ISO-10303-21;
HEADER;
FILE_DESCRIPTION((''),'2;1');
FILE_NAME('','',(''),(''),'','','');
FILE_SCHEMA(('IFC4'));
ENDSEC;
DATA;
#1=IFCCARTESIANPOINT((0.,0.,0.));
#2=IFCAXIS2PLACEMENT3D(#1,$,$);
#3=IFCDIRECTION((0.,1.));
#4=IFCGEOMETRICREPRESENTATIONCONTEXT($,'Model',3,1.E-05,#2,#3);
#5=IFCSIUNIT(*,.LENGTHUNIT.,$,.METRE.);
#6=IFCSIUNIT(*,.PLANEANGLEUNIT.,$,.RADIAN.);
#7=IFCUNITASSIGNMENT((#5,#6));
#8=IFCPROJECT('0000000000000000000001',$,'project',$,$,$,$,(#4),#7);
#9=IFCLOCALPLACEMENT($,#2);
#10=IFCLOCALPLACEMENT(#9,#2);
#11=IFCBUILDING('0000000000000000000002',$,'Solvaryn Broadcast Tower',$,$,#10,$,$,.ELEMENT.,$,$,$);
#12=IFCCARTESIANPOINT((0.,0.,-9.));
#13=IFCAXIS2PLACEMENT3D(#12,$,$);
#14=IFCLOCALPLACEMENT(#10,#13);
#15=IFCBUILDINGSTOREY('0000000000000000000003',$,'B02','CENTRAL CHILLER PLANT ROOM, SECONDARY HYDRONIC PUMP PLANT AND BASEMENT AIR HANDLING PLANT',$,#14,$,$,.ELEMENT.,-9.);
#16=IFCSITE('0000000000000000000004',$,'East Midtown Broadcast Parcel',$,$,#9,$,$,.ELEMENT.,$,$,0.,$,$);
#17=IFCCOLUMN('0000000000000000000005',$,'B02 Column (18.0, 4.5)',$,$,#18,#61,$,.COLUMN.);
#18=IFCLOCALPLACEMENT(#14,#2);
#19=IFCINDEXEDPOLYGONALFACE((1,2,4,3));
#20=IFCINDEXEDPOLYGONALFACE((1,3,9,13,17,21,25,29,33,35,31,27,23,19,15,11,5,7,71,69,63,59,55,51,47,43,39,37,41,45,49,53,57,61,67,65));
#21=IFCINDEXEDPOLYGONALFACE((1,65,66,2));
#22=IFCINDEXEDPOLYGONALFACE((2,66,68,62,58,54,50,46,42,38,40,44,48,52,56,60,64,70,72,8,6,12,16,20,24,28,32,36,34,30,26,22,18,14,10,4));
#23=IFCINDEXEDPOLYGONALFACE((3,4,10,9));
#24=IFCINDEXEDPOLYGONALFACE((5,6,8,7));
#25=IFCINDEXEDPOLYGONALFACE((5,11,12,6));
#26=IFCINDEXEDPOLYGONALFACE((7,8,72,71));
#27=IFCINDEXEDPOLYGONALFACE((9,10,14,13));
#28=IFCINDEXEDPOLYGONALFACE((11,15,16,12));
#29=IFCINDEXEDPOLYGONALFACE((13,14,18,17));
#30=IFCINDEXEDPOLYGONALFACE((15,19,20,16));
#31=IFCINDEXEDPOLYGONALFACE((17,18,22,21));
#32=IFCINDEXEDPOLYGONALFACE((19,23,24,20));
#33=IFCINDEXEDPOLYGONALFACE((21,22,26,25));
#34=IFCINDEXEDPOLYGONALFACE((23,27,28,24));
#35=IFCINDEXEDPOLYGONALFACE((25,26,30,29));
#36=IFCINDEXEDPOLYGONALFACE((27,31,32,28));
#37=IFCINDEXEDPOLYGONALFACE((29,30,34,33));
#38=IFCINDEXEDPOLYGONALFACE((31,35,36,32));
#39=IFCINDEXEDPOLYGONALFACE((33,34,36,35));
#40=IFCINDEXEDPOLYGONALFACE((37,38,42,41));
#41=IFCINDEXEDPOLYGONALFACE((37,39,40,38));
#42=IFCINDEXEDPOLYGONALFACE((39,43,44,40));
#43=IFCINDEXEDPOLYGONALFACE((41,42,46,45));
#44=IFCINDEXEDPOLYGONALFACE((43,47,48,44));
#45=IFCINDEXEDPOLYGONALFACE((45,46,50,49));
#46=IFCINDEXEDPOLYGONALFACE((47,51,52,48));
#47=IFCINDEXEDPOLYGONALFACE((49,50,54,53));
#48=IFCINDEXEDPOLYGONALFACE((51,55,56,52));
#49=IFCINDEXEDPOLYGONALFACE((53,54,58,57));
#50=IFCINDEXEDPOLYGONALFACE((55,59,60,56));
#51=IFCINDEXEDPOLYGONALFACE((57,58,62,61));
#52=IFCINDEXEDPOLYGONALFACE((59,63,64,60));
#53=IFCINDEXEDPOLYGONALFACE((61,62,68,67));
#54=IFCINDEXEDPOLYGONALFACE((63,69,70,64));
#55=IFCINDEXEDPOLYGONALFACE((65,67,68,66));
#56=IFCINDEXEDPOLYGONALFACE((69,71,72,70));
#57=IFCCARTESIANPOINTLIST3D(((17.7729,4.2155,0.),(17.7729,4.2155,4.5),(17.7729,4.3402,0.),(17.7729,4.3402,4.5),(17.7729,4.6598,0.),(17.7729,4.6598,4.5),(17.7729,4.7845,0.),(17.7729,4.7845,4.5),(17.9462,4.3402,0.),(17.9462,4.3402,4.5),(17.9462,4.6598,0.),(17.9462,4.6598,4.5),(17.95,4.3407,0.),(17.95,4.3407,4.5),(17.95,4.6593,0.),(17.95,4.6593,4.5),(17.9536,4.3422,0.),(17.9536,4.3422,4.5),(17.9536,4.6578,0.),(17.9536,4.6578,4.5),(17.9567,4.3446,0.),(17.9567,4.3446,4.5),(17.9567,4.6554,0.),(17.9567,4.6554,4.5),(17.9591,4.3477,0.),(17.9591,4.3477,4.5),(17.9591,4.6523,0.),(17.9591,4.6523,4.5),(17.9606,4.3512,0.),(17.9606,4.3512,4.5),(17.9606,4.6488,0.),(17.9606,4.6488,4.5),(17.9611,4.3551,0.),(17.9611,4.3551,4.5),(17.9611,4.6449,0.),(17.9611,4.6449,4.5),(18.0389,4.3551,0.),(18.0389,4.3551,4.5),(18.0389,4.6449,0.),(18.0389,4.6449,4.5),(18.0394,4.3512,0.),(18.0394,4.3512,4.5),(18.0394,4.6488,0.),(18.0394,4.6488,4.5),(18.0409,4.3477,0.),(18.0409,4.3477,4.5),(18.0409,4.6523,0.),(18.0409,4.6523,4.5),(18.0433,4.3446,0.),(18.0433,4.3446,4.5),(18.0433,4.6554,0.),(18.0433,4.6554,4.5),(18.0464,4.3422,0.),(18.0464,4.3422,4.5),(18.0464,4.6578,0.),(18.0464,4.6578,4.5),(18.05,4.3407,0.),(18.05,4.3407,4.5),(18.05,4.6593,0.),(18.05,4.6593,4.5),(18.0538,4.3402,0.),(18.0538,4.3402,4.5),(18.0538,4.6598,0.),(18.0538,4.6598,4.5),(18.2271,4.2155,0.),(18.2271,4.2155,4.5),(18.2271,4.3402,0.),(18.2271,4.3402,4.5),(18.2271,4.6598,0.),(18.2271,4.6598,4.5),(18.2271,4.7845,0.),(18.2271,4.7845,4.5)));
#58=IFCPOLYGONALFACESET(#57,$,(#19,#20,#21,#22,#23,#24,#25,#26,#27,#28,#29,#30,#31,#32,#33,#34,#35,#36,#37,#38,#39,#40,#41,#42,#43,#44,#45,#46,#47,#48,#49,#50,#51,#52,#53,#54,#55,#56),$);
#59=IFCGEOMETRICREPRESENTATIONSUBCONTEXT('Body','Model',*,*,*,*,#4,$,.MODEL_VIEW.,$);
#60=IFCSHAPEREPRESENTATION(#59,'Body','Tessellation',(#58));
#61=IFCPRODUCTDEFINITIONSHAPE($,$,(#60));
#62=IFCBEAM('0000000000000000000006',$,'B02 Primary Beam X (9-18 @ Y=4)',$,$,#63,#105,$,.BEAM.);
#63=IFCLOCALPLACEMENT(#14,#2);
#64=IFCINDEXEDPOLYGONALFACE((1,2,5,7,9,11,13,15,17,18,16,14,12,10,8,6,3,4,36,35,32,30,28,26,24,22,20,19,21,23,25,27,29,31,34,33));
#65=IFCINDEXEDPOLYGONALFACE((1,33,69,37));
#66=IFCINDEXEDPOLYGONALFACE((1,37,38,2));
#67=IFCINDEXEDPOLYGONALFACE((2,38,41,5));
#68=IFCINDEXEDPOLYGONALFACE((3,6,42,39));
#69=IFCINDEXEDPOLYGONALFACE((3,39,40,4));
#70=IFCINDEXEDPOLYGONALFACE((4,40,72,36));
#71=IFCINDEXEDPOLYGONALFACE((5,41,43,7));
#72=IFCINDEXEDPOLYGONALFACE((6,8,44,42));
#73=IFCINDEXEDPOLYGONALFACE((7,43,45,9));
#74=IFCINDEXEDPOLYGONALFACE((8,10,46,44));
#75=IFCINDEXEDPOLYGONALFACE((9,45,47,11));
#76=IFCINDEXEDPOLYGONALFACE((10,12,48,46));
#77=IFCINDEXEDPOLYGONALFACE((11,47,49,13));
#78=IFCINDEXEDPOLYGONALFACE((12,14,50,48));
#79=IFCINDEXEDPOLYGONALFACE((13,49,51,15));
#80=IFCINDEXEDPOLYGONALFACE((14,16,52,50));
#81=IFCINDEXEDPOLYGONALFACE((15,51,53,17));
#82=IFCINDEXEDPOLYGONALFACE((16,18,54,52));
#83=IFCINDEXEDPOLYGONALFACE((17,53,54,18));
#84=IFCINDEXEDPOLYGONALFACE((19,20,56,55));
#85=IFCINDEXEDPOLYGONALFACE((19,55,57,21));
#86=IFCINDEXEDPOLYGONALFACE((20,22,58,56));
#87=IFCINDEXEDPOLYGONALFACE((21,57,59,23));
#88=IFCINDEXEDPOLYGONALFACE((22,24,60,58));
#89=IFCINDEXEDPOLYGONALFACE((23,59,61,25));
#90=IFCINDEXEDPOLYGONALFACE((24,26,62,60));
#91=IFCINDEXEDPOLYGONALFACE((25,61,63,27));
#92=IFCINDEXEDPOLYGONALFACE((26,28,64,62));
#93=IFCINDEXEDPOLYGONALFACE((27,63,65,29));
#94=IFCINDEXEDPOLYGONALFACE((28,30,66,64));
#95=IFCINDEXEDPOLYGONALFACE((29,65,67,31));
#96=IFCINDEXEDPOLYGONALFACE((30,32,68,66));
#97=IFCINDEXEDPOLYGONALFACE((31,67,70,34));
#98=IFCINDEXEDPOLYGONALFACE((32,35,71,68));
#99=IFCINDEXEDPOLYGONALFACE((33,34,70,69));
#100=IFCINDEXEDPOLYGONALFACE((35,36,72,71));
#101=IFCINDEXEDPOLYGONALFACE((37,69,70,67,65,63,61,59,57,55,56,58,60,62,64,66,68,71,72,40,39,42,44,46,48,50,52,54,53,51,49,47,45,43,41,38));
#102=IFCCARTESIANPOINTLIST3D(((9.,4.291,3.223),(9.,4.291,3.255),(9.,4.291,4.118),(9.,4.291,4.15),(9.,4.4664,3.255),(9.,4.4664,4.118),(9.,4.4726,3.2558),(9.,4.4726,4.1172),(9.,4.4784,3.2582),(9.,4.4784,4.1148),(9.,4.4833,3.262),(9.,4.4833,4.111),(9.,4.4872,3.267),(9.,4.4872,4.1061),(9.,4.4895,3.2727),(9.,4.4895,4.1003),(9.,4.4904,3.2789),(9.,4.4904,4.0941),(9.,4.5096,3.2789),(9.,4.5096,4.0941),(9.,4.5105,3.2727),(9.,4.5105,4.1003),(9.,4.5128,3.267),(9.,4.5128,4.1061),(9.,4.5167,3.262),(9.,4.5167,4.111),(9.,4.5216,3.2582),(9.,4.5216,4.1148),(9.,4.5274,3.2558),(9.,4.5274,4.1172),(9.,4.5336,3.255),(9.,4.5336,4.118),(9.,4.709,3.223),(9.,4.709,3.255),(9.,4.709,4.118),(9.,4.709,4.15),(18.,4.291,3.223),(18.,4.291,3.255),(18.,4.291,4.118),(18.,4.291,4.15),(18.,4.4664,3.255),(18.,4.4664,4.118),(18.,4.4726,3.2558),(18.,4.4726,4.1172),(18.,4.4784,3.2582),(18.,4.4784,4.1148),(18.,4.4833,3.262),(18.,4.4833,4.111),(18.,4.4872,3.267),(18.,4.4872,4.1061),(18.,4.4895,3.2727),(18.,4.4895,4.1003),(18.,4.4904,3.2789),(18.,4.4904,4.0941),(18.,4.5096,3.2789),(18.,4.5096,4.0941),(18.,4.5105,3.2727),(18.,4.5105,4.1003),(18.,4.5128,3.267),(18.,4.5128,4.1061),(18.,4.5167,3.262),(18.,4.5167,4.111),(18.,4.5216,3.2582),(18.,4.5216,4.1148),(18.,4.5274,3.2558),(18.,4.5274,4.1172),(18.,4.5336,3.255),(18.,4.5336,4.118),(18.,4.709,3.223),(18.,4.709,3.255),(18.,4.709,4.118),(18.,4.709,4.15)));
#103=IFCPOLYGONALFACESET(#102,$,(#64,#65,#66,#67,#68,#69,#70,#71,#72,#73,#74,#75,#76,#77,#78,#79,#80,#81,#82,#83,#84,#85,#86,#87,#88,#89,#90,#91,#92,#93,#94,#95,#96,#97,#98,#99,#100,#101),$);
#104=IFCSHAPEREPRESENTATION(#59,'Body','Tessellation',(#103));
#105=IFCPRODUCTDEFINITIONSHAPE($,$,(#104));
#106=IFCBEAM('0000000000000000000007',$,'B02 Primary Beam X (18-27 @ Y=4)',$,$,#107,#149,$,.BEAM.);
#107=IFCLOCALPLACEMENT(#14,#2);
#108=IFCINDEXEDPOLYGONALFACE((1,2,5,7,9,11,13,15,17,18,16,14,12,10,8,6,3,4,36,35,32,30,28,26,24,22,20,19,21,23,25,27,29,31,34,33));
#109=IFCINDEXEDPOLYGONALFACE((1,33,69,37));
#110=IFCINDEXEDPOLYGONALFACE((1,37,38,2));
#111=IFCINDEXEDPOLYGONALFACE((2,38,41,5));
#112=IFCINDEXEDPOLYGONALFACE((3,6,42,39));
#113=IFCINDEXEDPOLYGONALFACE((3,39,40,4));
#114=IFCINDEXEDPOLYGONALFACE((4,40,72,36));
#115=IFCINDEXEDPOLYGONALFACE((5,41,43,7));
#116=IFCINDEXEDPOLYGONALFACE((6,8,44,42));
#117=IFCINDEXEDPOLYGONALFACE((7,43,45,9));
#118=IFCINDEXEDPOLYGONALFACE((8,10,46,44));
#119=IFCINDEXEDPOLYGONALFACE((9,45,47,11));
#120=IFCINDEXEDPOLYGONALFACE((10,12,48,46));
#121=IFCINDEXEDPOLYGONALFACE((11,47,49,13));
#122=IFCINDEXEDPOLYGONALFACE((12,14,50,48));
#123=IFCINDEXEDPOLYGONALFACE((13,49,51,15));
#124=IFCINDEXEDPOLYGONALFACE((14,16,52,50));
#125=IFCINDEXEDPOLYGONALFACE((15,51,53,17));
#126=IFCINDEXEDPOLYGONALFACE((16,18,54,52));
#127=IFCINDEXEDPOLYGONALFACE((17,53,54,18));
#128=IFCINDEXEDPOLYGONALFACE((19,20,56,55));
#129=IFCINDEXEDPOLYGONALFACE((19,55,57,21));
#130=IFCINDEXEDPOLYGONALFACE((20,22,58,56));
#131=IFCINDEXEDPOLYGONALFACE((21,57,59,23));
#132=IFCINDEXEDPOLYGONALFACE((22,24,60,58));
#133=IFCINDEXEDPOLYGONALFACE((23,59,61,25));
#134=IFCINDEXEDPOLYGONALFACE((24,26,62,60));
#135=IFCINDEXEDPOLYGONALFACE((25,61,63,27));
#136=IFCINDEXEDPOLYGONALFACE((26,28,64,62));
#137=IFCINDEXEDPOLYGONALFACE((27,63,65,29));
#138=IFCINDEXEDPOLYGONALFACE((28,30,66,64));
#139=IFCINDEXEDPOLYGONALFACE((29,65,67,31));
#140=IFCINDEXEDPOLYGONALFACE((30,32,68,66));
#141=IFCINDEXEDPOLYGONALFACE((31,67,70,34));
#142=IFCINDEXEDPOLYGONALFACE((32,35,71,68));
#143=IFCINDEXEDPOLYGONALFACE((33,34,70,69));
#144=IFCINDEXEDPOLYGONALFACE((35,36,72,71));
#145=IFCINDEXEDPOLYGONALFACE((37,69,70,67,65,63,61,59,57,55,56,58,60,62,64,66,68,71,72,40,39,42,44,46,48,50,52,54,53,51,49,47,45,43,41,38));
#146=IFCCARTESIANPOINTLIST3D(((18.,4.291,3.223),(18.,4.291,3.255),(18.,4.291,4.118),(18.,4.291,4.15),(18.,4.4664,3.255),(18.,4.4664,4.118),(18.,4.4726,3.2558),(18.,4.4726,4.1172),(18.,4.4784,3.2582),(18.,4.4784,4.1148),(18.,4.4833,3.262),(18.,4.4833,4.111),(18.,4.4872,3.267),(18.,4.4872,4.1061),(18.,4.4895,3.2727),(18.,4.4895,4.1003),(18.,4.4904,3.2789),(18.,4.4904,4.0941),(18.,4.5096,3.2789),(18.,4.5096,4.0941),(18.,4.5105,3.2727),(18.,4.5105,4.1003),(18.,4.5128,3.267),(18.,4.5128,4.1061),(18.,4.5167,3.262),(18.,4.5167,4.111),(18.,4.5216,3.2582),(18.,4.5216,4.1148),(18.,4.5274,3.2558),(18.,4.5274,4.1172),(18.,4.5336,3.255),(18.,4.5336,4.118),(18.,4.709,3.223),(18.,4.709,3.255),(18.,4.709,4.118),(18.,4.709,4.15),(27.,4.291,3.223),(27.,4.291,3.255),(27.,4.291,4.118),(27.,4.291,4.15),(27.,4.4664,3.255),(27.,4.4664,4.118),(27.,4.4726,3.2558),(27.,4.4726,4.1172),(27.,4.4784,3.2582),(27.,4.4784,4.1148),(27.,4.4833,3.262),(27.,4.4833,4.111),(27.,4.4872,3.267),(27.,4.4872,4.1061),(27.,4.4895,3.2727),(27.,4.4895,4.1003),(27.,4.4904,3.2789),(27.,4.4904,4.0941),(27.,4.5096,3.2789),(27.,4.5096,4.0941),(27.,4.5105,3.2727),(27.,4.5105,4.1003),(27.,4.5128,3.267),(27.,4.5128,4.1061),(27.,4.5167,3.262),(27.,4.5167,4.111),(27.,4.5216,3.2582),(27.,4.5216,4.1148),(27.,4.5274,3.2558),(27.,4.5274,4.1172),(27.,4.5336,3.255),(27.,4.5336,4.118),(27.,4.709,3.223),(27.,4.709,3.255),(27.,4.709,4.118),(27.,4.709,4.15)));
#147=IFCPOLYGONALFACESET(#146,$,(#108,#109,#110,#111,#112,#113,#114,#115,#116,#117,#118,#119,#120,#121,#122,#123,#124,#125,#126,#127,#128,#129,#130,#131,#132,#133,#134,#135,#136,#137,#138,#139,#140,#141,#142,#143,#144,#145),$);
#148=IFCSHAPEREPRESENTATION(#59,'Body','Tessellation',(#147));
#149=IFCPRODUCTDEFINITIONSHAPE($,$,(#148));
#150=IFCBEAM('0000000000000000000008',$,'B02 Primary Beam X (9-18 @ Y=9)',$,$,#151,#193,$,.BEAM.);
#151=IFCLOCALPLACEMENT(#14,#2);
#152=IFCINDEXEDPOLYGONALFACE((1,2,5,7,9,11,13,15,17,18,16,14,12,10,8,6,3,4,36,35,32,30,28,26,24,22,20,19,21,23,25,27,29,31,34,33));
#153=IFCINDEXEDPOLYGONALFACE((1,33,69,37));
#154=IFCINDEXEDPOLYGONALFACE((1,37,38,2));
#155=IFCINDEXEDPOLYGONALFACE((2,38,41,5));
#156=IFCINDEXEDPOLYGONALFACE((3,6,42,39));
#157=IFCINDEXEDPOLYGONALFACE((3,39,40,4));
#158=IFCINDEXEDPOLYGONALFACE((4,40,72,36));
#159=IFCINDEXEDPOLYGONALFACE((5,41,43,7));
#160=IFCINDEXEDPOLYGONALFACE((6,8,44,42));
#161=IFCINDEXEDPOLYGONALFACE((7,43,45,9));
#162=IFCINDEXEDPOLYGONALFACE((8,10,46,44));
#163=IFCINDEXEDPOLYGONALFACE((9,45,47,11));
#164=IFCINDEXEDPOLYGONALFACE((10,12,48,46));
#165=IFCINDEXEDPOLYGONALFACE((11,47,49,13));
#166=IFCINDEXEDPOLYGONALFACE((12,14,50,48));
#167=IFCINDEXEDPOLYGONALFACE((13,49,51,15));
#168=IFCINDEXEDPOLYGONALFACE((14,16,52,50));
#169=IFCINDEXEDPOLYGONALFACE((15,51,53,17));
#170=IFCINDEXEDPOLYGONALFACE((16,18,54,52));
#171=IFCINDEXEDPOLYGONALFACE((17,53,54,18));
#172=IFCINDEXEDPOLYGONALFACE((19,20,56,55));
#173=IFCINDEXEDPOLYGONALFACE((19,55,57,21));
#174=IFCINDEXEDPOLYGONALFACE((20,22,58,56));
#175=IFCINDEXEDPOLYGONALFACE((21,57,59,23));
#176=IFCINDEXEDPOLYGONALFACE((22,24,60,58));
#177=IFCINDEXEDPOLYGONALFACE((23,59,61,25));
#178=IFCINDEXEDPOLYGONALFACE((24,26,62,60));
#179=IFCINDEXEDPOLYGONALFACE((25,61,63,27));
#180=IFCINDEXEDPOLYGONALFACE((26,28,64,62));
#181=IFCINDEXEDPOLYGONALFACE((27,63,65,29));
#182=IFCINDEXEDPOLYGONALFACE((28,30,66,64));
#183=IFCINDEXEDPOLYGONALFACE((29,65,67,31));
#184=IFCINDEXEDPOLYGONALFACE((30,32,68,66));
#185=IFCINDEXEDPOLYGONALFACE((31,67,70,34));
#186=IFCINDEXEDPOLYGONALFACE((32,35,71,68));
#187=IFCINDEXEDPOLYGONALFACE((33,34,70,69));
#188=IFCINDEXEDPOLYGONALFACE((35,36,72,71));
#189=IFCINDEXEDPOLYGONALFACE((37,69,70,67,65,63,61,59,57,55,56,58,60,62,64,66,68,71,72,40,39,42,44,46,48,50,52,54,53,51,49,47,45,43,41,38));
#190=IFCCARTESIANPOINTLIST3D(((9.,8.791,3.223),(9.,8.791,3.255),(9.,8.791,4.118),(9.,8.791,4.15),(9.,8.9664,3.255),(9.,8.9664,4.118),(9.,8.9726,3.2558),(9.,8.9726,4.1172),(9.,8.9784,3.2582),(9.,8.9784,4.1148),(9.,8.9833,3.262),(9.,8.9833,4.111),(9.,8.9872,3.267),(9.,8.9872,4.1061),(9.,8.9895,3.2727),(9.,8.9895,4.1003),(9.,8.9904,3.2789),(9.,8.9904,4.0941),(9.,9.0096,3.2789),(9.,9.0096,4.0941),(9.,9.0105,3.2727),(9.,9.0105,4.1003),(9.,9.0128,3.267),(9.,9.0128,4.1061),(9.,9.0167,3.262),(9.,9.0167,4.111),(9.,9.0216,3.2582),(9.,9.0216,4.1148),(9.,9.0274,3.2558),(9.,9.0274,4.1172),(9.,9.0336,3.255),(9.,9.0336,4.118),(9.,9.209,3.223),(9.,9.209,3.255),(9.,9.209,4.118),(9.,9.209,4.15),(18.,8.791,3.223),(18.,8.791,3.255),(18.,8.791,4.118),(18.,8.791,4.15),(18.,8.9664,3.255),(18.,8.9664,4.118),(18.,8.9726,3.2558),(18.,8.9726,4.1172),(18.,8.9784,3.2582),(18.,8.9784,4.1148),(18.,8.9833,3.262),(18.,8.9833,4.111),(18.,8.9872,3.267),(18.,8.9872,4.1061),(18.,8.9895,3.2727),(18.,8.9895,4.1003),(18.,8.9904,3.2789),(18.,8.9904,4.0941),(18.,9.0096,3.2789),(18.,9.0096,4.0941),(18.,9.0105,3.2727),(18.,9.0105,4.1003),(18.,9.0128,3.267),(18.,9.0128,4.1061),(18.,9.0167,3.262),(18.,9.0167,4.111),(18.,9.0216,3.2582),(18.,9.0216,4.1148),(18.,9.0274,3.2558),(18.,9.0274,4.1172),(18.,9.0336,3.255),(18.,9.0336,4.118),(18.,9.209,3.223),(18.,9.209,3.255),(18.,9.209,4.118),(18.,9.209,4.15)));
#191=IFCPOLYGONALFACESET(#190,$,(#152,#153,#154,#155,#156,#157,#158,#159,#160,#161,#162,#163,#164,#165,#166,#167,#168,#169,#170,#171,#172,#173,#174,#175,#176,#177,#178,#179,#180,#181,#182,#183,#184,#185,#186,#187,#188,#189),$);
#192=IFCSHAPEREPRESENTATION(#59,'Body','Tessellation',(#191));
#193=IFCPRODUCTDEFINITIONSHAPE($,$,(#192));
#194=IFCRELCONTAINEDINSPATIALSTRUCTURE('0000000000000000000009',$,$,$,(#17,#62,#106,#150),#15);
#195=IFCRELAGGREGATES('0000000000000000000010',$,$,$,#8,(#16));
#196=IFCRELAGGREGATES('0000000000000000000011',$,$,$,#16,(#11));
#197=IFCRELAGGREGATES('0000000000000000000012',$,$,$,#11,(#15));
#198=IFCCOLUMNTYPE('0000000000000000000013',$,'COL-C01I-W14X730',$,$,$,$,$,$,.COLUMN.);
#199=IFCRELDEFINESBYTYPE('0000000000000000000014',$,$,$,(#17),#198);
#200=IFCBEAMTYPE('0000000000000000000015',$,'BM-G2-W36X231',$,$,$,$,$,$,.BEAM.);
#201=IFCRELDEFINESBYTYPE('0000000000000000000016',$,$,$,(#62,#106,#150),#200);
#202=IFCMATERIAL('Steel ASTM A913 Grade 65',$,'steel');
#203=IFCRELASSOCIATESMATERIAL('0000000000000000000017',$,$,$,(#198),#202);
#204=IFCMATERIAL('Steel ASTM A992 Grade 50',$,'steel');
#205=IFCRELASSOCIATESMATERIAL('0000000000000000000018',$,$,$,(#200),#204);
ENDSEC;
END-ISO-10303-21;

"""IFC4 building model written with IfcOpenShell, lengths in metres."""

from ifc_helpers import new_model, si_unit, direction, frame, origin, origin_2d, place, context, subcontext, project, spatial, i_section, extrude, material, material_profile, profile_set, type_object, element, save


model = new_model("IFC4")

# Units and contexts
model_context = context("Model", 3, precision=1e-05, world=origin(), true_north=direction((0.0, 1.0)))
body_context = subcontext(model_context, "Body", "Model", "MODEL_VIEW")
ifc_project = project(units=[si_unit("LENGTHUNIT", "METRE"), si_unit("PLANEANGLEUNIT", "RADIAN")], contexts=[model_context])

# Site, building, storey
site_placement = place(None, origin())
site = spatial("IfcSite", under=ifc_project, at=site_placement, Name="East Midtown Broadcast Parcel", CompositionType="ELEMENT", RefElevation=0.0)
building_placement = place(site_placement, origin())
building = spatial("IfcBuilding", under=site, at=building_placement, Name="Solvaryn Broadcast Tower", CompositionType="ELEMENT")
storey_placement = place(building_placement, frame((0.0, 0.0, -9.0)))
storey = spatial("IfcBuildingStorey", under=building, at=storey_placement, Name="B02", Description="CENTRAL CHILLER PLANT ROOM, SECONDARY HYDRONIC PUMP PLANT AND BASEMENT AIR HANDLING PLANT", CompositionType="ELEMENT", Elevation=-9.0)

# Column
ifc_material_1 = material(Name="Steel ASTM A913 Grade 65", Category="steel")
ifc_material_profile_1 = material_profile(ifc_material_1, i_section(OverallWidth=0.4541, OverallDepth=0.5691, WebThickness=0.0779, FlangeThickness=0.1248, FilletRadius=0.0149, at=origin_2d()))
ifc_profile_set_1 = profile_set([ifc_material_profile_1], Name="Steel ASTM A913 Grade 65")
column_type_1 = type_object("IfcColumnType", Name="COL-C01I-W14X730", PredefinedType="COLUMN", material=ifc_profile_set_1)
for number, where, z_axis, x_axis, name in (
    (1, (18.0, 4.5, 0.0), (0.0, 0.0, 1.0), (1.0, 0.0, 0.0), "B02 Column (18.0, 4.5)"),
):
    element("IfcColumn", number, at=place(storey_placement, frame(where, z_axis=z_axis, x_axis=x_axis)), inside=storey, type_object=column_type_1, Name=name, PredefinedType="COLUMN", context=body_context, shape_type="SweptSolid", body=[
        extrude(i_section(OverallWidth=0.4541, OverallDepth=0.5691, WebThickness=0.0779, FlangeThickness=0.1248, FilletRadius=0.0149, at=origin_2d()), origin(), (0.0, 0.0, 1.0), 4.5),
    ])

# Beams
ifc_material_2 = material(Name="Steel ASTM A992 Grade 50", Category="steel")
ifc_material_profile_2 = material_profile(ifc_material_2, i_section(OverallWidth=0.418, OverallDepth=0.927, WebThickness=0.0193, FlangeThickness=0.032, FilletRadius=0.0239, at=origin_2d()))
ifc_profile_set_2 = profile_set([ifc_material_profile_2], Name="Steel ASTM A992 Grade 50")
beam_type_1 = type_object("IfcBeamType", Name="BM-G2-W36X231", PredefinedType="BEAM", material=ifc_profile_set_2)
for number, where, z_axis, x_axis, name in (
    (2, (9.0, 4.5, 3.6865), (1.0, 0.0, 0.0), (0.0, 1.0, 0.0), "B02 Primary Beam X (9-18 @ Y=4)"),
    (3, (18.0, 4.5, 3.6865), (1.0, 0.0, 0.0), (0.0, 1.0, 0.0), "B02 Primary Beam X (18-27 @ Y=4)"),
    (4, (9.0, 9.0, 3.6865), (1.0, 0.0, 0.0), (0.0, 1.0, 0.0), "B02 Primary Beam X (9-18 @ Y=9)"),
):
    element("IfcBeam", number, at=place(storey_placement, frame(where, z_axis=z_axis, x_axis=x_axis)), inside=storey, type_object=beam_type_1, Name=name, PredefinedType="BEAM", context=body_context, shape_type="SweptSolid", body=[
        extrude(i_section(OverallWidth=0.418, OverallDepth=0.927, WebThickness=0.0193, FlangeThickness=0.032, FilletRadius=0.0239, at=origin_2d()), origin(), (0.0, 0.0, 1.0), 9.0),
    ])

save(model, "model.ifc")
